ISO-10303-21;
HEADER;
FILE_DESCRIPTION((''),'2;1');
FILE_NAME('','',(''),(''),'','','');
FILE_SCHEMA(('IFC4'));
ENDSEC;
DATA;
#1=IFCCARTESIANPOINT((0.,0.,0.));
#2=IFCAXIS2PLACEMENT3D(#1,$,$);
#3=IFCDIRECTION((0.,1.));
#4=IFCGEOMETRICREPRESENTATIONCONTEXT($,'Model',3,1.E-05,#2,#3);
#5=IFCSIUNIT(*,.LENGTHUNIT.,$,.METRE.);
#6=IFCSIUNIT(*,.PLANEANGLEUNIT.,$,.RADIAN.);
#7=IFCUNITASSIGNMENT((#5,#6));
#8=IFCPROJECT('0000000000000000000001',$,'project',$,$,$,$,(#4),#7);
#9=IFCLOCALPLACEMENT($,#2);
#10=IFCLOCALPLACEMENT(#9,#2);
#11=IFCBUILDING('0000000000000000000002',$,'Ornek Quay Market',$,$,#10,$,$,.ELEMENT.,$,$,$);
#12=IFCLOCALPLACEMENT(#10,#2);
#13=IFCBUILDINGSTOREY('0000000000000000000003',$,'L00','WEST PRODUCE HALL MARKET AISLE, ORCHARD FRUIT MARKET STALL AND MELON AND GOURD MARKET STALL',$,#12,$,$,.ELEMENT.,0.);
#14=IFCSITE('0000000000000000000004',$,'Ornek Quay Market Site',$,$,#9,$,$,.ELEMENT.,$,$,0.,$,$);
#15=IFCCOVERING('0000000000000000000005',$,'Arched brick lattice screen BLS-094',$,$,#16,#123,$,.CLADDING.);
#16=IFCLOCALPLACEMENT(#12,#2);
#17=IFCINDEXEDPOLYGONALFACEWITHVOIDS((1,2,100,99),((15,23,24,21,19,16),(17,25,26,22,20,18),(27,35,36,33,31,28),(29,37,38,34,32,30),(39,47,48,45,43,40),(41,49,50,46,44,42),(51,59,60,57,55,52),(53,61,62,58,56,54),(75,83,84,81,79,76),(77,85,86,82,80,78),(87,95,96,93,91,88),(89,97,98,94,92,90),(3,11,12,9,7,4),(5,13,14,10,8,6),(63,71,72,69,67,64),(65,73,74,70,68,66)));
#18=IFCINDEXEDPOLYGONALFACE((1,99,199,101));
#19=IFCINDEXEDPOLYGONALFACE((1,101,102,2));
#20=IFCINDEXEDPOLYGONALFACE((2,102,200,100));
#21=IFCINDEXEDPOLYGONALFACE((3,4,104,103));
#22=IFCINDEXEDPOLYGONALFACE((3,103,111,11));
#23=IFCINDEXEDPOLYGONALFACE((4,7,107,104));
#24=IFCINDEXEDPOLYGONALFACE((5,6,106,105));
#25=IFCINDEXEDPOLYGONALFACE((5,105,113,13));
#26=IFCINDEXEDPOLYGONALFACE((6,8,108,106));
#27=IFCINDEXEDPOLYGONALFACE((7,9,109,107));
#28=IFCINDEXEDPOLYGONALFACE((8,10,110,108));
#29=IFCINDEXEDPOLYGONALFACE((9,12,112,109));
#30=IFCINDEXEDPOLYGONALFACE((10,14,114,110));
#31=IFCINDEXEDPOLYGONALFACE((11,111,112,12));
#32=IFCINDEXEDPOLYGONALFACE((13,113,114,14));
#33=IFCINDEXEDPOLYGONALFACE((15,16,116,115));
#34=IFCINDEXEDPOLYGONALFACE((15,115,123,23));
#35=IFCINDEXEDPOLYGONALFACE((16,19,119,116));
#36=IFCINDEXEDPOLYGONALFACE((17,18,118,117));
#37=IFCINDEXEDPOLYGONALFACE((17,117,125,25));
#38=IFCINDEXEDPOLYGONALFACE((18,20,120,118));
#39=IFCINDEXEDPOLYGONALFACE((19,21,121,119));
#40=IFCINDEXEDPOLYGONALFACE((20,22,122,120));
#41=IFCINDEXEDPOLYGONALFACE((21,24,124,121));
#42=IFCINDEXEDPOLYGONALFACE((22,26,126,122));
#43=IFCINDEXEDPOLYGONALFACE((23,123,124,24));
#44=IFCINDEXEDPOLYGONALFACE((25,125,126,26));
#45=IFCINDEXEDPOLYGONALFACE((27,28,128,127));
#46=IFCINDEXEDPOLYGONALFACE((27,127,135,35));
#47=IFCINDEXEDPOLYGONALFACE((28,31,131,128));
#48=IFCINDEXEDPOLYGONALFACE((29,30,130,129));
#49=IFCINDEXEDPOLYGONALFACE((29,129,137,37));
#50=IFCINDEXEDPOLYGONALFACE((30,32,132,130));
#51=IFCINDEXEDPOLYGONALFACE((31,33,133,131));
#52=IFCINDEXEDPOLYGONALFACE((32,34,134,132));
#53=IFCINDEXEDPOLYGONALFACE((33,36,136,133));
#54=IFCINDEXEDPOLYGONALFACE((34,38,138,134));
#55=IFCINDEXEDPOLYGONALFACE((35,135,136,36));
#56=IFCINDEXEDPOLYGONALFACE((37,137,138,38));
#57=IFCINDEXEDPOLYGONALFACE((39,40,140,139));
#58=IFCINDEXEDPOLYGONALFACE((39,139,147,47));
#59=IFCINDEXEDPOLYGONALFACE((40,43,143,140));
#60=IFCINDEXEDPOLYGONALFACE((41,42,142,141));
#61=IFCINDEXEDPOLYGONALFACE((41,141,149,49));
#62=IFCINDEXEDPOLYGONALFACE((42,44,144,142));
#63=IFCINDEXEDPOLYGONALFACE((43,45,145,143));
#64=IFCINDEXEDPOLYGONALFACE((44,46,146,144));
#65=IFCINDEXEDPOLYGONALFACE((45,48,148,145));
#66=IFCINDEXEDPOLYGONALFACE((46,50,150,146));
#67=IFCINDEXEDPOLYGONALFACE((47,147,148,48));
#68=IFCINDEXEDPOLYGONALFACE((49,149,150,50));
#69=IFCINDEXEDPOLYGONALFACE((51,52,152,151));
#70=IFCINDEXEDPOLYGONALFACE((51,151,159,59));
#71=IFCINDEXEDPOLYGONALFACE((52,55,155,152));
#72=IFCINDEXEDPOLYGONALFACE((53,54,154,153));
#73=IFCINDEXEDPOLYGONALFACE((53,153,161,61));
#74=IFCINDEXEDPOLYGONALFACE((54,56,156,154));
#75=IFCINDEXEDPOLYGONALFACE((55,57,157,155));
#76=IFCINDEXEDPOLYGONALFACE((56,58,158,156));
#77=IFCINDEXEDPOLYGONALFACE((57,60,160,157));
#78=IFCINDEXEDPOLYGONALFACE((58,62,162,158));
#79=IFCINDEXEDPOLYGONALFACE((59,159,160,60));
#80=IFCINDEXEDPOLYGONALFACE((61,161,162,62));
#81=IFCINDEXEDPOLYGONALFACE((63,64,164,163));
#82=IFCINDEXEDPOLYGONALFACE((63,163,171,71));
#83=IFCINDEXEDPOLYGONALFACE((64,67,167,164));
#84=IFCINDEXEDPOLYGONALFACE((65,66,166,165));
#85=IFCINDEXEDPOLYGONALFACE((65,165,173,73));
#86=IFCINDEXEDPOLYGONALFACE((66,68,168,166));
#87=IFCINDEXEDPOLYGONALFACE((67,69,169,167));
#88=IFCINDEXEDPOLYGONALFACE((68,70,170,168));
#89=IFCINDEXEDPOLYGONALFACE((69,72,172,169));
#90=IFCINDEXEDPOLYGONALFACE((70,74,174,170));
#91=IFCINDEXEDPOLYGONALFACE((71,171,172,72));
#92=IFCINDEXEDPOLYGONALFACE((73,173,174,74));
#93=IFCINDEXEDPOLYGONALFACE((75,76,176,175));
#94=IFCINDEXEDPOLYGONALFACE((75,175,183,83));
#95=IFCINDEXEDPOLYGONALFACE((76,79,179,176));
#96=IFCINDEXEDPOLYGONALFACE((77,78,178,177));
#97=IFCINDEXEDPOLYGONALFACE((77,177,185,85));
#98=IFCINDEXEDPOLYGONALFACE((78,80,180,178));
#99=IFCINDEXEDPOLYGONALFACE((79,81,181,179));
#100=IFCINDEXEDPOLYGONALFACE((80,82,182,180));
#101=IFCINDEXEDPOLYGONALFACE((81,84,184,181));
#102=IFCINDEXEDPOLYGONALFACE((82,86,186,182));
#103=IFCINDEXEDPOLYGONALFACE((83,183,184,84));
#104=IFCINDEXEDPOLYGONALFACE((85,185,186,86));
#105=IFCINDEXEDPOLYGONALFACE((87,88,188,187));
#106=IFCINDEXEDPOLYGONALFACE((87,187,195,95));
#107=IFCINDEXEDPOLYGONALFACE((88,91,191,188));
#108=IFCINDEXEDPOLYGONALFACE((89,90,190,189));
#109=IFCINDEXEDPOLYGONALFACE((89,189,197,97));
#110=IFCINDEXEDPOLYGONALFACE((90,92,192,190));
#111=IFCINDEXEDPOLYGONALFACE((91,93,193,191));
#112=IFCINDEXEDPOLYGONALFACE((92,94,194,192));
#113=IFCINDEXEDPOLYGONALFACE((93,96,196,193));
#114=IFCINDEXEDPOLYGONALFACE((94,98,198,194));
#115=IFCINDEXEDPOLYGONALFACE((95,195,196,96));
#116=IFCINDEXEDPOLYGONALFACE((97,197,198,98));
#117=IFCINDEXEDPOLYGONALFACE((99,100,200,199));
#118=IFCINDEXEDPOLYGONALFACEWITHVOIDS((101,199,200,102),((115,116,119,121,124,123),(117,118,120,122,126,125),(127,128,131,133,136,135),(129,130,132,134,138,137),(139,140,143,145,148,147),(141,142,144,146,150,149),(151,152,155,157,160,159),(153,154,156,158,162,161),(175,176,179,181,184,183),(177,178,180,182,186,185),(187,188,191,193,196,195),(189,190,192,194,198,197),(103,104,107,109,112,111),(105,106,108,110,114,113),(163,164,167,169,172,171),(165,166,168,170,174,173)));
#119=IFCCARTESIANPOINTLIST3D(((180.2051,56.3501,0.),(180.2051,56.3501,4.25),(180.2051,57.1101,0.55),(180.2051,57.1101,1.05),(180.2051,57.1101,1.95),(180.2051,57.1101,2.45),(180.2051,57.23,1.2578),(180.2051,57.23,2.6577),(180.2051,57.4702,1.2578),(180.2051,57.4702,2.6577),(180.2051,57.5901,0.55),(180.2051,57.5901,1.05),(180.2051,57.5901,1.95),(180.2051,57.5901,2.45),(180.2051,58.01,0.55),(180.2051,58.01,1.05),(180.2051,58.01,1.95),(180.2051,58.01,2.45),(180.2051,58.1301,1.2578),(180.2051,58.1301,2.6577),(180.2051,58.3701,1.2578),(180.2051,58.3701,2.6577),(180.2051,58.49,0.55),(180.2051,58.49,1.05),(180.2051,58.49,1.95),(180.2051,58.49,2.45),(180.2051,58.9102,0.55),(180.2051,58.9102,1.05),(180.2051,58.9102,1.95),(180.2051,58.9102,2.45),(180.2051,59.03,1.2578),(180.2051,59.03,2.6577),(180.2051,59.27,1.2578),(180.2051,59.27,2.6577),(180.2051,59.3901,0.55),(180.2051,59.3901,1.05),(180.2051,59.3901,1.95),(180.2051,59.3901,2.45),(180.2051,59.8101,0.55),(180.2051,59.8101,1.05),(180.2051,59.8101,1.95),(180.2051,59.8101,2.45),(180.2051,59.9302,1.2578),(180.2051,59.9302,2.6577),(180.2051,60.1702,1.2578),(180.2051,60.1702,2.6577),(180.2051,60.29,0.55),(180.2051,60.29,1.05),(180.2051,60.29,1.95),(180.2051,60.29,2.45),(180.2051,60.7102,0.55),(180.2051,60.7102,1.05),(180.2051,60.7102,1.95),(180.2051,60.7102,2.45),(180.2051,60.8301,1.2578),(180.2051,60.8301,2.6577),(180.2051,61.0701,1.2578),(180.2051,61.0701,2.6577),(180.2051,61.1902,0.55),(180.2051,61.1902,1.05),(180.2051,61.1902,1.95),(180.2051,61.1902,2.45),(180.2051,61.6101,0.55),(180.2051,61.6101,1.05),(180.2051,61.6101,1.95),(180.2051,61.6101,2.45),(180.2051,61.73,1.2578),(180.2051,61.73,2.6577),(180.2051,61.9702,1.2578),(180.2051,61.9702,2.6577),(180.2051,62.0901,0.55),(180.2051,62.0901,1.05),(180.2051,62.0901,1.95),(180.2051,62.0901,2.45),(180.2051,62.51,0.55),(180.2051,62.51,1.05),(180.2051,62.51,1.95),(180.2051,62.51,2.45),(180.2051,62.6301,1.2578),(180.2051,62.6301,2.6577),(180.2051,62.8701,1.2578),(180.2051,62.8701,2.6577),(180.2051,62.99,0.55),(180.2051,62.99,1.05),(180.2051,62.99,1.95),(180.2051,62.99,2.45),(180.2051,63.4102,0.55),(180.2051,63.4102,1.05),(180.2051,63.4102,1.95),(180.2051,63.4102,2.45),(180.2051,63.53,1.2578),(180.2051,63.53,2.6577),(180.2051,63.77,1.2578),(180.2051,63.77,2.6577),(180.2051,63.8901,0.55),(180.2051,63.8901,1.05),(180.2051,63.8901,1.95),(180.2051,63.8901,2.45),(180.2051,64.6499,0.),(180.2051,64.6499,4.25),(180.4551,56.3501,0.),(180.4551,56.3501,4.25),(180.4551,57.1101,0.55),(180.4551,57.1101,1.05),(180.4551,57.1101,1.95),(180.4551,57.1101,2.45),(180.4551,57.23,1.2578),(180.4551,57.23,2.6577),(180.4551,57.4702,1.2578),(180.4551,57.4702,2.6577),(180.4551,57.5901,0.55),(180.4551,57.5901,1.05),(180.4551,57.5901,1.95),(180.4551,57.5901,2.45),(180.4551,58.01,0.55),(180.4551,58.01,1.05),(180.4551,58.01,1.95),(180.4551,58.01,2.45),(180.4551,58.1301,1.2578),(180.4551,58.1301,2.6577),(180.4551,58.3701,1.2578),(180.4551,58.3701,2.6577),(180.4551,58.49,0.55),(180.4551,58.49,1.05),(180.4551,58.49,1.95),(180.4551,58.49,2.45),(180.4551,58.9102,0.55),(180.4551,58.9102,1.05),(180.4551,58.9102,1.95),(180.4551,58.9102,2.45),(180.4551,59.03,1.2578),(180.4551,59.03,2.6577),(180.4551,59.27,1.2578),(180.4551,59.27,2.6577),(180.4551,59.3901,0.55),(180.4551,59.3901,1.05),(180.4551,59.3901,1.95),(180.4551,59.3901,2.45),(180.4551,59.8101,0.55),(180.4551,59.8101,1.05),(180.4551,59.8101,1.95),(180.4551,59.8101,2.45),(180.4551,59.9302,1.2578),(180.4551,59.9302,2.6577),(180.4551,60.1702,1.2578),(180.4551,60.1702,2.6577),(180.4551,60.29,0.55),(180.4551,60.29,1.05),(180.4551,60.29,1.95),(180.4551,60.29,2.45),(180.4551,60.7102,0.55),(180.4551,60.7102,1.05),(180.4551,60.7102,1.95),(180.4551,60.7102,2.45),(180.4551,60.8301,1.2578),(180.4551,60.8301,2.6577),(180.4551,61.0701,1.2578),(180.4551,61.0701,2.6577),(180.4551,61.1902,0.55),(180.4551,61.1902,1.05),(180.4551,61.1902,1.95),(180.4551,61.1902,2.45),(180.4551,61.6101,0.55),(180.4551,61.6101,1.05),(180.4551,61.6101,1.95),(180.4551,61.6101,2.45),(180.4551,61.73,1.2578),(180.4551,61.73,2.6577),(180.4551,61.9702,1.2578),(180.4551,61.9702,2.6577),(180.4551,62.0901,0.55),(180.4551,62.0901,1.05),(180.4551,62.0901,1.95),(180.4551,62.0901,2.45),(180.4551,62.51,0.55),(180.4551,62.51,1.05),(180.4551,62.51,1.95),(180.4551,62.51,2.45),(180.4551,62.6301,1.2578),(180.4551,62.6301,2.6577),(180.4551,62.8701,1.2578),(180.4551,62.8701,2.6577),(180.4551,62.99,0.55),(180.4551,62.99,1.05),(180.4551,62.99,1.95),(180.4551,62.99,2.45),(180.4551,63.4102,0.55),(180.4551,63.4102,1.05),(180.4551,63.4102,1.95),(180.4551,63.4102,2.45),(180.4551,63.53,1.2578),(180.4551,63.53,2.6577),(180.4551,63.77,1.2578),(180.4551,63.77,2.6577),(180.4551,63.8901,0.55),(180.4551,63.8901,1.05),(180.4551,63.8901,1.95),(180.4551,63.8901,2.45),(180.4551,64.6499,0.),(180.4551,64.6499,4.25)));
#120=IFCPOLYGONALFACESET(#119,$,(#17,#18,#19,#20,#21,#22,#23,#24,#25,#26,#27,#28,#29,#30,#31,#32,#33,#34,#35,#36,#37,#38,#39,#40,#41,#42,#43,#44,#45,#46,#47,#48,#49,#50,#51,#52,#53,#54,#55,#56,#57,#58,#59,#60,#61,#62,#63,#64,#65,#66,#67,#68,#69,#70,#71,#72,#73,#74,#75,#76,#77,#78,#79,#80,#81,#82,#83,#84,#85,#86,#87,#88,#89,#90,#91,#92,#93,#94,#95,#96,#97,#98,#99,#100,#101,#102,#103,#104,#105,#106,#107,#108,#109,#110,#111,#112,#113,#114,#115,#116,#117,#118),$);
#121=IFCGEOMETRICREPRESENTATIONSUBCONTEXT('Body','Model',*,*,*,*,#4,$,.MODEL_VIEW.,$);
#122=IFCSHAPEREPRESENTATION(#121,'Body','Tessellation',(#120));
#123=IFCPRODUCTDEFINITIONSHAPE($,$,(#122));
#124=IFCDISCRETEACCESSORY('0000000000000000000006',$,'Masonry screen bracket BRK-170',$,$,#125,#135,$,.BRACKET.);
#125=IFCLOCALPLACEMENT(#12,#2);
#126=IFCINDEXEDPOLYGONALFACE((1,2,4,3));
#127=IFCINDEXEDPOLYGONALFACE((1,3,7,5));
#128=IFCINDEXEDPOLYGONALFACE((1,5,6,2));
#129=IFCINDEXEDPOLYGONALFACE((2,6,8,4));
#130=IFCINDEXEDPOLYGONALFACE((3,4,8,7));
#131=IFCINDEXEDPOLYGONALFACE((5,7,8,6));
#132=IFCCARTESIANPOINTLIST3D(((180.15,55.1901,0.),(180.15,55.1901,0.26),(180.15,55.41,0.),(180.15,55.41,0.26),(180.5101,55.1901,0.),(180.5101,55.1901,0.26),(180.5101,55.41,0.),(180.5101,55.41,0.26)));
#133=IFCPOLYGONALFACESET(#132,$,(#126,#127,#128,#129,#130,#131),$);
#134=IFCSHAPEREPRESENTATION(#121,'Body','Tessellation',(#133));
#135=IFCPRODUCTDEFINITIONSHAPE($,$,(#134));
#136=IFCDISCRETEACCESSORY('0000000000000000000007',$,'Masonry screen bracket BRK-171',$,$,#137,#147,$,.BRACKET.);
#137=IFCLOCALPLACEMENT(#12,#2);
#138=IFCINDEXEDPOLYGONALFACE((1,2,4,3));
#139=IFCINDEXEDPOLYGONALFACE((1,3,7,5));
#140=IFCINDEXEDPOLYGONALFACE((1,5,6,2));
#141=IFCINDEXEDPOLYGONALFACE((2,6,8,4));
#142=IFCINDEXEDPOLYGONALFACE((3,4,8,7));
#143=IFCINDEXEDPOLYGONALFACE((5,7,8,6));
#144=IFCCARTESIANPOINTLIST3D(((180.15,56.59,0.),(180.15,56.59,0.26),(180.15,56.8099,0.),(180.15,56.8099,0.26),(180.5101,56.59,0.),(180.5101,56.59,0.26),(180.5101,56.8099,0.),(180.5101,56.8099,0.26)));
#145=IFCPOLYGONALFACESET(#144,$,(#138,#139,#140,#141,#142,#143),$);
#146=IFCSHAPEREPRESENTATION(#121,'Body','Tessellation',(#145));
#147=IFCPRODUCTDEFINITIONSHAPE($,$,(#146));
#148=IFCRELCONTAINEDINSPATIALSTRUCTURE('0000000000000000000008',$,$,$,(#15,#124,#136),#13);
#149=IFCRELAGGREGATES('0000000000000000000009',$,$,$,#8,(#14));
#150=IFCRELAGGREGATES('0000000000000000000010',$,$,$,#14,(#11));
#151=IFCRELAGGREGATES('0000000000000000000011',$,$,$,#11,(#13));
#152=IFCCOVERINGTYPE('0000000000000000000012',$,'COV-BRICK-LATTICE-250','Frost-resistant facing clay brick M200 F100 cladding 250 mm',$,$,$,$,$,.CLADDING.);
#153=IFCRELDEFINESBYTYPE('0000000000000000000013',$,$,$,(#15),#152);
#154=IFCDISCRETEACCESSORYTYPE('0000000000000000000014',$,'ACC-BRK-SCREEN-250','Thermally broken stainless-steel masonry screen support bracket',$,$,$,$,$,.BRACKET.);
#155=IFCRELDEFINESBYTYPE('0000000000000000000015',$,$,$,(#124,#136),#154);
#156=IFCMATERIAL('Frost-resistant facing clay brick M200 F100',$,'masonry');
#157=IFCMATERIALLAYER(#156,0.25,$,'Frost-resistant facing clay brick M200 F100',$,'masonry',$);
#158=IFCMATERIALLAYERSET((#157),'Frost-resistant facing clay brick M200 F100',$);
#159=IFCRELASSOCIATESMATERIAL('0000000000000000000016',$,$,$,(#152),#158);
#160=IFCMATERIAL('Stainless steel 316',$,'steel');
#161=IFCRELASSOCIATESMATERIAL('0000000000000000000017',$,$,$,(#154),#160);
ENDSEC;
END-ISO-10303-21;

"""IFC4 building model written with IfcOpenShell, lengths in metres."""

from ifc_helpers import new_model, si_unit, direction, frame, origin, origin_2d, place, context, subcontext, project, spatial, polyline, rectangle, outline, extrude, material, layer, layer_set, type_object, element, save


model = new_model("IFC4")

# Units and contexts
model_context = context("Model", 3, precision=1e-05, world=origin(), true_north=direction((0.0, 1.0)))
body_context = subcontext(model_context, "Body", "Model", "MODEL_VIEW")
ifc_project = project(units=[si_unit("LENGTHUNIT", "METRE"), si_unit("PLANEANGLEUNIT", "RADIAN")], contexts=[model_context])

# Site, building, storey
site_placement = place(None, origin())
site = spatial("IfcSite", under=ifc_project, at=site_placement, Name="Ornek Quay Market Site", CompositionType="ELEMENT", RefElevation=0.0)
building_placement = place(site_placement, origin())
building = spatial("IfcBuilding", under=site, at=building_placement, Name="Ornek Quay Market", CompositionType="ELEMENT")
storey_placement = place(building_placement, origin())
storey = spatial("IfcBuildingStorey", under=building, at=storey_placement, Name="L00", Description="WEST PRODUCE HALL MARKET AISLE, ORCHARD FRUIT MARKET STALL AND MELON AND GOURD MARKET STALL", CompositionType="ELEMENT", Elevation=0.0)

# Shared definitions
ifc_material_1 = material(Name="Frost-resistant facing clay brick M200 F100", Category="masonry")

# Covering
ifc_layer_1 = layer(ifc_material_1, 0.25, Name="Frost-resistant facing clay brick M200 F100", Category="masonry")
ifc_layer_set_1 = layer_set([ifc_layer_1], Name="Frost-resistant facing clay brick M200 F100")
covering_type = type_object("IfcCoveringType", Name="COV-BRICK-LATTICE-250", Description="Frost-resistant facing clay brick M200 F100 cladding 250 mm", PredefinedType="CLADDING", material=ifc_layer_set_1)
covering_placement = place(storey_placement, frame((180.3301, 56.3501, 0.0), z_axis=(0.0, 0.0, 1.0), x_axis=(0.0, 1.0, 0.0)))
element("IfcCovering", 1, at=covering_placement, inside=storey, type_object=covering_type, Name="Arched brick lattice screen BLS-094", PredefinedType="CLADDING", context=body_context, shape_type="SweptSolid", body=[
    extrude(outline(polyline([(0.0, 0.0), (8.2998, 0.0), (8.2998, 4.25), (0.0, 4.25), (0.0, 0.0)]), holes=[polyline([(0.76, 0.55), (1.24, 0.55), (1.24, 1.05), (1.1201, 1.2578), (0.8799, 1.2578), (0.76, 1.05), (0.76, 0.55)]), polyline([(0.76, 1.95), (1.24, 1.95), (1.24, 2.45), (1.1201, 2.6577), (0.8799, 2.6577), (0.76, 2.45), (0.76, 1.95)]), polyline([(1.6599, 0.55), (2.1399, 0.55), (2.1399, 1.05), (2.02, 1.2578), (1.78, 1.2578), (1.6599, 1.05), (1.6599, 0.55)]), polyline([(1.6599, 1.95), (2.1399, 1.95), (2.1399, 2.45), (2.02, 2.6577), (1.78, 2.6577), (1.6599, 2.45), (1.6599, 1.95)]), polyline([(2.5601, 0.55), (3.04, 0.55), (3.04, 1.05), (2.9199, 1.2578), (2.6799, 1.2578), (2.5601, 1.05), (2.5601, 0.55)]), polyline([(2.5601, 1.95), (3.04, 1.95), (3.04, 2.45), (2.9199, 2.6577), (2.6799, 2.6577), (2.5601, 2.45), (2.5601, 1.95)]), polyline([(3.46, 0.55), (3.9399, 0.55), (3.9399, 1.05), (3.8201, 1.2578), (3.5801, 1.2578), (3.46, 1.05), (3.46, 0.55)]), polyline([(3.46, 1.95), (3.9399, 1.95), (3.9399, 2.45), (3.8201, 2.6577), (3.5801, 2.6577), (3.46, 2.45), (3.46, 1.95)]), polyline([(4.3601, 0.55), (4.8401, 0.55), (4.8401, 1.05), (4.72, 1.2578), (4.48, 1.2578), (4.3601, 1.05), (4.3601, 0.55)]), polyline([(4.3601, 1.95), (4.8401, 1.95), (4.8401, 2.45), (4.72, 2.6577), (4.48, 2.6577), (4.3601, 2.45), (4.3601, 1.95)]), polyline([(5.26, 0.55), (5.74, 0.55), (5.74, 1.05), (5.6201, 1.2578), (5.3799, 1.2578), (5.26, 1.05), (5.26, 0.55)]), polyline([(5.26, 1.95), (5.74, 1.95), (5.74, 2.45), (5.6201, 2.6577), (5.3799, 2.6577), (5.26, 2.45), (5.26, 1.95)]), polyline([(6.1599, 0.55), (6.6399, 0.55), (6.6399, 1.05), (6.52, 1.2578), (6.28, 1.2578), (6.1599, 1.05), (6.1599, 0.55)]), polyline([(6.1599, 1.95), (6.6399, 1.95), (6.6399, 2.45), (6.52, 2.6577), (6.28, 2.6577), (6.1599, 2.45), (6.1599, 1.95)]), polyline([(7.0601, 0.55), (7.54, 0.55), (7.54, 1.05), (7.4199, 1.2578), (7.1799, 1.2578), (7.0601, 1.05), (7.0601, 0.55)]), polyline([(7.0601, 1.95), (7.54, 1.95), (7.54, 2.45), (7.4199, 2.6577), (7.1799, 2.6577), (7.0601, 2.45), (7.0601, 1.95)])]), frame((0.0, 0.125, 0.0), z_axis=(0.0, -1.0, 0.0), x_axis=(1.0, 0.0, 0.0)), (0.0, 0.0, 1.0), 0.25),
])

# Discrete accessories
ifc_material_2 = material(Name="Stainless steel 316", Category="steel")
discrete_accessory_type = type_object("IfcDiscreteAccessoryType", Name="ACC-BRK-SCREEN-250", Description="Thermally broken stainless-steel masonry screen support bracket", PredefinedType="BRACKET", material=ifc_material_2)
for number, where, z_axis, x_axis, name in (
    (2, (180.3301, 55.3, 0.0), (0.0, 0.0, 1.0), (0.0, 1.0, 0.0), "Masonry screen bracket BRK-170"),
    (3, (180.3301, 56.7, 0.0), (0.0, 0.0, 1.0), (0.0, 1.0, 0.0), "Masonry screen bracket BRK-171"),
):
    element("IfcDiscreteAccessory", number, at=place(storey_placement, frame(where, z_axis=z_axis, x_axis=x_axis)), inside=storey, type_object=discrete_accessory_type, Name=name, PredefinedType="BRACKET", context=body_context, shape_type="SweptSolid", body=[
        extrude(rectangle(XDim=0.22, YDim=0.3601, at=origin_2d()), origin(), (0.0, 0.0, 1.0), 0.26),
    ])

save(model, "model.ifc")
